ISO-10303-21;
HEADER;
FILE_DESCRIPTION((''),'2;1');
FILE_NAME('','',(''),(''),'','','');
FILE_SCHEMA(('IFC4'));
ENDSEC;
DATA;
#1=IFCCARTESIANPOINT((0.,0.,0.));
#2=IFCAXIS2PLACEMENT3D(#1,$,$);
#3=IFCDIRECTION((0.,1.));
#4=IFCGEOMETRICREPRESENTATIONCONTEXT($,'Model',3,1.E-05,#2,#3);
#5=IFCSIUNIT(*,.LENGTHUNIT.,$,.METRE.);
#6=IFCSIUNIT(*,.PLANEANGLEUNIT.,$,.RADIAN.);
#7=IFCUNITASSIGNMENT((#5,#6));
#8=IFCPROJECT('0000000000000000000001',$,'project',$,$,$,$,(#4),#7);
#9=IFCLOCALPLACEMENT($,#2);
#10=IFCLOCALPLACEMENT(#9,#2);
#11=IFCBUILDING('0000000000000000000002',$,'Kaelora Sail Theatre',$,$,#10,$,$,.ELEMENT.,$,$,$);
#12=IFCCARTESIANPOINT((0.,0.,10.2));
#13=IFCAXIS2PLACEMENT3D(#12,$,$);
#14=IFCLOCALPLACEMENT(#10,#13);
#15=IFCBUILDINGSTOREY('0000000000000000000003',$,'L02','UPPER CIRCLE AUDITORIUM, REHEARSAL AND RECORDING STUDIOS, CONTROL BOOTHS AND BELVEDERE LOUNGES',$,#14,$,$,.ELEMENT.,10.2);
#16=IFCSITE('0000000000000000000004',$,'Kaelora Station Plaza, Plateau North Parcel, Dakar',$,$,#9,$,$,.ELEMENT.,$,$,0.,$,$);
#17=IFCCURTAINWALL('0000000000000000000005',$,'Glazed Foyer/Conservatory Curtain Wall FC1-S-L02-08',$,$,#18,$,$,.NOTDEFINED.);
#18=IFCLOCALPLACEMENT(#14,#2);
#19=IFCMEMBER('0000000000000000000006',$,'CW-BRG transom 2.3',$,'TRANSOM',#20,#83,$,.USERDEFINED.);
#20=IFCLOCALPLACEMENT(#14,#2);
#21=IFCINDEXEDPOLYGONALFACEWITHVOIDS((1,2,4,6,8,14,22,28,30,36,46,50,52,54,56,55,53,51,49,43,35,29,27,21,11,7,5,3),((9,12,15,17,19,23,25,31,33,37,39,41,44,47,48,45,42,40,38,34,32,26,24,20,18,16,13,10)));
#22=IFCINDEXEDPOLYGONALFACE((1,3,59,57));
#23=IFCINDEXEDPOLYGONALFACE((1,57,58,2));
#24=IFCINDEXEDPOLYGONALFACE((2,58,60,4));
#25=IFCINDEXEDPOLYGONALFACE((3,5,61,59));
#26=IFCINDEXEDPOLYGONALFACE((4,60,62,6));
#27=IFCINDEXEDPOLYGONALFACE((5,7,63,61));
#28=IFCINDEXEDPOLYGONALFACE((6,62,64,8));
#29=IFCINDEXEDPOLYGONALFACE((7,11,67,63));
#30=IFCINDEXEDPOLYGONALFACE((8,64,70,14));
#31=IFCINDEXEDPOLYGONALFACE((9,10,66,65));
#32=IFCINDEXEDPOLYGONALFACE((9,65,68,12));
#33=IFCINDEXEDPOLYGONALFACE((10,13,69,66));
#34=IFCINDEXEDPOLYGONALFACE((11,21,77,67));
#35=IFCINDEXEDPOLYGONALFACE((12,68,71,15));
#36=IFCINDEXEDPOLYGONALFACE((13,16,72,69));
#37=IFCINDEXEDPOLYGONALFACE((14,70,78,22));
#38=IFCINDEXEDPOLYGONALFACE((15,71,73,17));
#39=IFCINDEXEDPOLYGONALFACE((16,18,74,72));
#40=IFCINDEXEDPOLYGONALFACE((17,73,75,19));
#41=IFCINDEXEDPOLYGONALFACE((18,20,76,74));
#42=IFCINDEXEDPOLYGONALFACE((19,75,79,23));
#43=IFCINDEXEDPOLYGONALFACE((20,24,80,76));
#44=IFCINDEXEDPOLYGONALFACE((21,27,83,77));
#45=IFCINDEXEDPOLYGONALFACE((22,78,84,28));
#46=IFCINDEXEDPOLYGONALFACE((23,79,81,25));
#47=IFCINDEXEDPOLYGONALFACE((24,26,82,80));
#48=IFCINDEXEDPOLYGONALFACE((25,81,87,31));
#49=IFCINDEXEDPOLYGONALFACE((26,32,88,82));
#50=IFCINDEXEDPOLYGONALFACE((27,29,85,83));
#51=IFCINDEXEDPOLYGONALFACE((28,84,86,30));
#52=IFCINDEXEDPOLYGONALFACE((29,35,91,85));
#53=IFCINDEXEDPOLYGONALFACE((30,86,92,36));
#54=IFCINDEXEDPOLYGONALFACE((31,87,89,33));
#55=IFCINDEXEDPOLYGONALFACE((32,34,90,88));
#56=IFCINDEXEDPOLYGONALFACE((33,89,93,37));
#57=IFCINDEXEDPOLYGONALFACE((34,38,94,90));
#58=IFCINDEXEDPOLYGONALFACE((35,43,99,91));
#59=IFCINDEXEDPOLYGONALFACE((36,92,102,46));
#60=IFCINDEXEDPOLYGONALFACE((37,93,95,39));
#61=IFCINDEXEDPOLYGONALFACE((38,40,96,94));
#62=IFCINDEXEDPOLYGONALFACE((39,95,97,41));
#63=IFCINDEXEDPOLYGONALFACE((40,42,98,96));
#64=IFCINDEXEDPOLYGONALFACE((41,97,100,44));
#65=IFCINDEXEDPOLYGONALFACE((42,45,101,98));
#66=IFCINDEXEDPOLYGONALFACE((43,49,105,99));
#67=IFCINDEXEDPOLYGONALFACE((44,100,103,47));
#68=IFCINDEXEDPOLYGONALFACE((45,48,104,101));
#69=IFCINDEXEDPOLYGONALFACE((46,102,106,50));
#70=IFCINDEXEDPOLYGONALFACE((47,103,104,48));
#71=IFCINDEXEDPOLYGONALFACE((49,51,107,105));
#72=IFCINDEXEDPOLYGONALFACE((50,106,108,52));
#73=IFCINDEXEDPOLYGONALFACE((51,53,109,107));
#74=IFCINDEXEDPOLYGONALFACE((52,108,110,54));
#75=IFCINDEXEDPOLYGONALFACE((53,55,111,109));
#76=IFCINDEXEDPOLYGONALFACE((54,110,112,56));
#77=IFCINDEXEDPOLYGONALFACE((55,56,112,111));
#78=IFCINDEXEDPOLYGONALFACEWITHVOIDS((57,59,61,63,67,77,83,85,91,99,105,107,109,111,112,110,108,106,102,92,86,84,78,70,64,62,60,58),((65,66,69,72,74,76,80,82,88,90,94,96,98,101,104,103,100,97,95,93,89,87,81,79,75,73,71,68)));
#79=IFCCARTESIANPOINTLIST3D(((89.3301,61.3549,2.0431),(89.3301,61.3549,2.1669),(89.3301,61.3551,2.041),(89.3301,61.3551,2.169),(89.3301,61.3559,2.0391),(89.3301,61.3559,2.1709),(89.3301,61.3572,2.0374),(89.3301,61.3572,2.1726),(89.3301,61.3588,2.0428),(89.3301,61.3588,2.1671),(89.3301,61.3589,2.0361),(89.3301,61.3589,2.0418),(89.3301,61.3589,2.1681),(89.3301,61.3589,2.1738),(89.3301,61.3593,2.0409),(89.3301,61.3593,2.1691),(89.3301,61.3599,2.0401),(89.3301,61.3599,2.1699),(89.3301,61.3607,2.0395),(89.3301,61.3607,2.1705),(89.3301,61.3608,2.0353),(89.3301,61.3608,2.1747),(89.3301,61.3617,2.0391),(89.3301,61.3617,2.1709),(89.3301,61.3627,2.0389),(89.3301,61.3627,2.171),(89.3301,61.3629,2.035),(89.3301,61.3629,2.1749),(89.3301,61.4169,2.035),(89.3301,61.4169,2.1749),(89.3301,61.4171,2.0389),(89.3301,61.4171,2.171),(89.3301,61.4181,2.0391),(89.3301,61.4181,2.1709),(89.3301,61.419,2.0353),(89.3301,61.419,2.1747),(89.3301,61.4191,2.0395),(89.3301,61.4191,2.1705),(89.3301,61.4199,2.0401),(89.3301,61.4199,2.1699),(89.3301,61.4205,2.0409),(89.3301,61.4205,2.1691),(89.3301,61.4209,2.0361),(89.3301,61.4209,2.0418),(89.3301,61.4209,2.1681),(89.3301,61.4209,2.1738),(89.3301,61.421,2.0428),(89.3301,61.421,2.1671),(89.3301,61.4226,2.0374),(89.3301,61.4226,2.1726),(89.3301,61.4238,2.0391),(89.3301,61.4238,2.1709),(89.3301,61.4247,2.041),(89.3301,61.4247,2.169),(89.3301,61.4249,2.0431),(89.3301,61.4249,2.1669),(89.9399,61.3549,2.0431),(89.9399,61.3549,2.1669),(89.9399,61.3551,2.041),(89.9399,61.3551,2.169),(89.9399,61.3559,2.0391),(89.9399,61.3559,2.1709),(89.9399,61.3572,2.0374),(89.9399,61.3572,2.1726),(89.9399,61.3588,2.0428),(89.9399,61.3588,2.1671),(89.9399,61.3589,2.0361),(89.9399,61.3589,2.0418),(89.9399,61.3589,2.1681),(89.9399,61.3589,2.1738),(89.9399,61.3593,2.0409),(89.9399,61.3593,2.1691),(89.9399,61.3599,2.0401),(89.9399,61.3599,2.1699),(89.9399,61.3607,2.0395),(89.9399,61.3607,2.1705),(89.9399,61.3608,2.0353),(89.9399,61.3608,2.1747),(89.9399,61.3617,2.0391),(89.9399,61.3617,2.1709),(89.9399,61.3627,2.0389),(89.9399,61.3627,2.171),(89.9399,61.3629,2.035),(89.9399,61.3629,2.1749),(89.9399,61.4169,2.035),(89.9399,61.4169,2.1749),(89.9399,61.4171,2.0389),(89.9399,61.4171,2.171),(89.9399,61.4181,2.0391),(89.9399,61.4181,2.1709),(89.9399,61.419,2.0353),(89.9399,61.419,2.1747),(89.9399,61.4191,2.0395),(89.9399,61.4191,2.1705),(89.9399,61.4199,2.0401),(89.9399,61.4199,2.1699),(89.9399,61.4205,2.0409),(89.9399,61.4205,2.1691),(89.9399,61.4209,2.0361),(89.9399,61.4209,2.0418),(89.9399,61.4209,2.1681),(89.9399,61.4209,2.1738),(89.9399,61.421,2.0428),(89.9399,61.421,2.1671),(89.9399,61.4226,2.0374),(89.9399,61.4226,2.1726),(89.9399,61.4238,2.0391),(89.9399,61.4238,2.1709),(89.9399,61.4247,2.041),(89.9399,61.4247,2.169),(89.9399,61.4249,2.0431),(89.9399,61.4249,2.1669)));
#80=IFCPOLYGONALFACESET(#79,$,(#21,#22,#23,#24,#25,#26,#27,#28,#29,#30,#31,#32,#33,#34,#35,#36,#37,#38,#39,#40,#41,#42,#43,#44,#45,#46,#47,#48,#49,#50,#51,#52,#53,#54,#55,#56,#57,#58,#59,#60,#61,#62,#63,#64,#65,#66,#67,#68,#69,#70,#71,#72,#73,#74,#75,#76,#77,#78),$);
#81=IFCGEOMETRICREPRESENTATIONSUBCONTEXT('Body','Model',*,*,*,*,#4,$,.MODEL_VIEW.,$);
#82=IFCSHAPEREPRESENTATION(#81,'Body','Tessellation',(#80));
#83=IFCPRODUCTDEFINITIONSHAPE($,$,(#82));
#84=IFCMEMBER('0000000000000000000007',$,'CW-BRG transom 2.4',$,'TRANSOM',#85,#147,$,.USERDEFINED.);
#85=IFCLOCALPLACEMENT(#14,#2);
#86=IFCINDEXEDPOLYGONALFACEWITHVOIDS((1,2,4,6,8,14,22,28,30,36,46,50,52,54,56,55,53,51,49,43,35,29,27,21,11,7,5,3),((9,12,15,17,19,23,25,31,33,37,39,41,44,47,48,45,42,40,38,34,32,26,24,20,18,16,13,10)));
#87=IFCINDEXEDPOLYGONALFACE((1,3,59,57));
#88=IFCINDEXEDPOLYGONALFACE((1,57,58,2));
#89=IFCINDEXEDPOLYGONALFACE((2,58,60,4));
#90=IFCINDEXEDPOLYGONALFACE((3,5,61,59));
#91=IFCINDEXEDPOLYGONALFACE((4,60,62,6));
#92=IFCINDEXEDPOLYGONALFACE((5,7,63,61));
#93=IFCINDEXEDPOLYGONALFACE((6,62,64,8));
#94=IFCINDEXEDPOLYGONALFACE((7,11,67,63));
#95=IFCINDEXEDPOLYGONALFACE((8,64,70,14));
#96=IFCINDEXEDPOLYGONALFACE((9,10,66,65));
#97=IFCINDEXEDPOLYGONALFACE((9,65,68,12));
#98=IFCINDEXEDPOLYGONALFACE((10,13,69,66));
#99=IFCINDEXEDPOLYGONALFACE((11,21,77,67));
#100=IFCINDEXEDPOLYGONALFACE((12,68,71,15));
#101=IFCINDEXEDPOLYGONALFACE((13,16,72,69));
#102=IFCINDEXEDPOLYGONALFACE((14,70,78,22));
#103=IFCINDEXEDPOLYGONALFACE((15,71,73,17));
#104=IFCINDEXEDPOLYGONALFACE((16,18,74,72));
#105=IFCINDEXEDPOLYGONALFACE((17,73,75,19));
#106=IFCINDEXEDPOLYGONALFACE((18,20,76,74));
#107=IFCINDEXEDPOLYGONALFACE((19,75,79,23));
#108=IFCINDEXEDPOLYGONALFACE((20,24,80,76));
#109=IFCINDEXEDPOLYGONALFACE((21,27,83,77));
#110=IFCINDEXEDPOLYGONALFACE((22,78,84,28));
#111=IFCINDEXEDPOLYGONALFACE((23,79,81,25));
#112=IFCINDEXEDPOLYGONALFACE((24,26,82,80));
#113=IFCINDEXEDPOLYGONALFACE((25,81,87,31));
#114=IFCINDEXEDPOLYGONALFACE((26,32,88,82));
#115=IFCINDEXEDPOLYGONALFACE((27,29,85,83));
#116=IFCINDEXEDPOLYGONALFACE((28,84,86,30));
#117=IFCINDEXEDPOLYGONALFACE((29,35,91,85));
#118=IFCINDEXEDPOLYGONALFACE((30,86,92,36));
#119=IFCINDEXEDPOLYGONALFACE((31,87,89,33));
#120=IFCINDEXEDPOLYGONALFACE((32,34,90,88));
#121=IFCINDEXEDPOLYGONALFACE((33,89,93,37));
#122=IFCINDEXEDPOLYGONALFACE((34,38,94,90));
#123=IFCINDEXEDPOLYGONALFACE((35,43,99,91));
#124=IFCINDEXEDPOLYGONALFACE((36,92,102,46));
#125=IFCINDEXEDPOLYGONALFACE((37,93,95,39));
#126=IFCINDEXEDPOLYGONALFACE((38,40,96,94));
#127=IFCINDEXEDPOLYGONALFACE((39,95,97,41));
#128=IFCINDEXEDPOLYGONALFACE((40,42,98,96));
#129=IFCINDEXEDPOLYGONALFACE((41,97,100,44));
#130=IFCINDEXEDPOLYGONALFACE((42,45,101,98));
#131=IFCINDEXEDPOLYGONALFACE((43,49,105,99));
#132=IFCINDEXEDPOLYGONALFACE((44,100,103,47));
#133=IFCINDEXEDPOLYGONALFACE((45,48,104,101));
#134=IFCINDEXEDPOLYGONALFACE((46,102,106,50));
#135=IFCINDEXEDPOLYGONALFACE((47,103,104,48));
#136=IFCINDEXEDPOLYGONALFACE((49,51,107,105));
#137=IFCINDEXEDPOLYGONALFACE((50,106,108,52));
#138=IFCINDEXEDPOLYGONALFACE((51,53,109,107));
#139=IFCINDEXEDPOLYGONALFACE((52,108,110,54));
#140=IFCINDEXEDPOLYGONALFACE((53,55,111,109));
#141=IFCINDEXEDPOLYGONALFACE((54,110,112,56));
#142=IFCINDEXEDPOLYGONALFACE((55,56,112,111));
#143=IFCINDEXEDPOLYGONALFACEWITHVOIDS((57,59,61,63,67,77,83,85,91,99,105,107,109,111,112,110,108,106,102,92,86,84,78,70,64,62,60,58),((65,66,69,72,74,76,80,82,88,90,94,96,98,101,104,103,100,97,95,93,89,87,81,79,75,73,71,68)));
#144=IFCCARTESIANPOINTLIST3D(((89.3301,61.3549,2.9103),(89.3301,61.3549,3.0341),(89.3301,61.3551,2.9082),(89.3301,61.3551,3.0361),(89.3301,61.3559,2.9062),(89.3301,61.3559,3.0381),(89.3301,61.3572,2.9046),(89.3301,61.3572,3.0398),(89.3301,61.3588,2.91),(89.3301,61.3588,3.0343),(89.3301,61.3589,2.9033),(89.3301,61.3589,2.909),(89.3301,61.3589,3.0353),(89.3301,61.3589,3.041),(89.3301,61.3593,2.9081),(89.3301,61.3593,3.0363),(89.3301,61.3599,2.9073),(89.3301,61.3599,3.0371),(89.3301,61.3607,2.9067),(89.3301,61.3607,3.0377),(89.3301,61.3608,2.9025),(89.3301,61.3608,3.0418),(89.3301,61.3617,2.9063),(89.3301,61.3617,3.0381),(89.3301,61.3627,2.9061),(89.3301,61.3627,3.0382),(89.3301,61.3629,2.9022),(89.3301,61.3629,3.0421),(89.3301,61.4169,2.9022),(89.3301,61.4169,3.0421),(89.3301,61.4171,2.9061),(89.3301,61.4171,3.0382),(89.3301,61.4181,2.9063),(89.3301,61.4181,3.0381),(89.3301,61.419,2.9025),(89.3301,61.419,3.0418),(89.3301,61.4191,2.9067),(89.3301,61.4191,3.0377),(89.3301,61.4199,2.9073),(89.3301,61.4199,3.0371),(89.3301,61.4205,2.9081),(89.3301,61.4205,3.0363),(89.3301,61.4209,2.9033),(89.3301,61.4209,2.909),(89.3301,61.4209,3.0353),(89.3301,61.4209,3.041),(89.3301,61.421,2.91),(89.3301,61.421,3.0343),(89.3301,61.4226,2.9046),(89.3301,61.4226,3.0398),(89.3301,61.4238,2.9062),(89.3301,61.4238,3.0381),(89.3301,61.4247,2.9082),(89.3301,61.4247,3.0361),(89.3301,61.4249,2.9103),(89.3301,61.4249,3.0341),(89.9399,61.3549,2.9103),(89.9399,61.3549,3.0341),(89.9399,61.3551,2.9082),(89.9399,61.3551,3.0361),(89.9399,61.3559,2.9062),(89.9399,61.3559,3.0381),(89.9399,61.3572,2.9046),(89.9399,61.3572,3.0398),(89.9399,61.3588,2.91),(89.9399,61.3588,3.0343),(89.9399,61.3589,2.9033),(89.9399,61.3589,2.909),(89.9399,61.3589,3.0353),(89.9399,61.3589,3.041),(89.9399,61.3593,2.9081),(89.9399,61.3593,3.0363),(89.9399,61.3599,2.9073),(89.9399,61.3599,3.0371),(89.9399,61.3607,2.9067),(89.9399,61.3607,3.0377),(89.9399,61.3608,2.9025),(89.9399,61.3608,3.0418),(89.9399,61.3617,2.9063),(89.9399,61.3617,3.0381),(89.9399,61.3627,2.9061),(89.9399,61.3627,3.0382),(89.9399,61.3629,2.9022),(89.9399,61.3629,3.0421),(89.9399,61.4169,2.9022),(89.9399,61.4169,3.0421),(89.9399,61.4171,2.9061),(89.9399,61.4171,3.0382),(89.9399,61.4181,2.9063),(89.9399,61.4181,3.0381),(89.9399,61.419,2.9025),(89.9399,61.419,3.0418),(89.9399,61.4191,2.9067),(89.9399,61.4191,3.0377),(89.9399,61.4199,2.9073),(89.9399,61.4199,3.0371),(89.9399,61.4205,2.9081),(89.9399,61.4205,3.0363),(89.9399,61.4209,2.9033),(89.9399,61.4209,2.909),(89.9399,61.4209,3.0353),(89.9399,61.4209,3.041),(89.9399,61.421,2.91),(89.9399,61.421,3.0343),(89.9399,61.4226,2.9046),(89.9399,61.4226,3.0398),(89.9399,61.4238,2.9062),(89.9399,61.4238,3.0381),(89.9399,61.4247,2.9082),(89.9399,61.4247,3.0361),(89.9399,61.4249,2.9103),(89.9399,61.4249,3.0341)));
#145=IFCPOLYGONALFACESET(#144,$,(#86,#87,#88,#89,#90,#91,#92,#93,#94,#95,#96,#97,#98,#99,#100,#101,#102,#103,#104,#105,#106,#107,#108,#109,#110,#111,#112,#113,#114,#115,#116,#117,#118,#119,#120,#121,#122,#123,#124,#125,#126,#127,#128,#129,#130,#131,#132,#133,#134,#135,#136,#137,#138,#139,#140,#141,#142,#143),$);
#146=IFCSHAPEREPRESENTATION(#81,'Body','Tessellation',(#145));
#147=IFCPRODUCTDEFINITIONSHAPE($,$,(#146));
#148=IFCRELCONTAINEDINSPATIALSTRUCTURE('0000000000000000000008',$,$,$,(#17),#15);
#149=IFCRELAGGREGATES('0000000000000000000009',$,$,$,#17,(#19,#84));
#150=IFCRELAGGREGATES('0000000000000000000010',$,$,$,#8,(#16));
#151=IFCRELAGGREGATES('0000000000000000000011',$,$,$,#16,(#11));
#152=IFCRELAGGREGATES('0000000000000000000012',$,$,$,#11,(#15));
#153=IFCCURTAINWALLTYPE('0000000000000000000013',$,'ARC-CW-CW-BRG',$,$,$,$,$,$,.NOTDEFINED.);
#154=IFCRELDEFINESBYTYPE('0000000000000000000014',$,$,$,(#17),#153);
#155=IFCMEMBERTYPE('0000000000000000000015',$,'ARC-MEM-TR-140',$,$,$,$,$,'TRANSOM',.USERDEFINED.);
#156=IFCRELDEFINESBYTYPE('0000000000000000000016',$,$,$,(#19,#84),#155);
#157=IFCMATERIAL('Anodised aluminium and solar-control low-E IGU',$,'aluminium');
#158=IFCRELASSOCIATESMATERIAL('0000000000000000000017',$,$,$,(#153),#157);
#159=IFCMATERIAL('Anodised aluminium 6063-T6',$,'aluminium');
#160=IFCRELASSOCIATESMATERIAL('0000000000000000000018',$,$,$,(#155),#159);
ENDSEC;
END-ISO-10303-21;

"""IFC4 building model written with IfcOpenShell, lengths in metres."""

from ifc_helpers import new_model, si_unit, direction, frame, origin, origin_2d, place, context, subcontext, project, spatial, hollow_rectangle, extrude, material, material_profile, profile_set, type_object, element, aggregate, save


model = new_model("IFC4")

# Units and contexts
model_context = context("Model", 3, precision=1e-05, world=origin(), true_north=direction((0.0, 1.0)))
body_context = subcontext(model_context, "Body", "Model", "MODEL_VIEW")
ifc_project = project(units=[si_unit("LENGTHUNIT", "METRE"), si_unit("PLANEANGLEUNIT", "RADIAN")], contexts=[model_context])

# Site, building, storey
site_placement = place(None, origin())
site = spatial("IfcSite", under=ifc_project, at=site_placement, Name="Kaelora Station Plaza, Plateau North Parcel, Dakar", CompositionType="ELEMENT", RefElevation=0.0)
building_placement = place(site_placement, origin())
building = spatial("IfcBuilding", under=site, at=building_placement, Name="Kaelora Sail Theatre", CompositionType="ELEMENT")
storey_placement = place(building_placement, frame((0.0, 0.0, 10.2)))
storey = spatial("IfcBuildingStorey", under=building, at=storey_placement, Name="L02", Description="UPPER CIRCLE AUDITORIUM, REHEARSAL AND RECORDING STUDIOS, CONTROL BOOTHS AND BELVEDERE LOUNGES", CompositionType="ELEMENT", Elevation=10.2)

# Curtain wall
ifc_material_1 = material(Name="Anodised aluminium and solar-control low-E IGU", Category="aluminium")
curtain_wall_type = type_object("IfcCurtainWallType", Name="ARC-CW-CW-BRG", PredefinedType="NOTDEFINED", material=ifc_material_1)
curtain_wall_1_placement = place(storey_placement, origin())
curtain_wall_1 = element("IfcCurtainWall", 1, at=curtain_wall_1_placement, inside=storey, type_object=curtain_wall_type, Name="Glazed Foyer/Conservatory Curtain Wall FC1-S-L02-08", PredefinedType="NOTDEFINED")

# Members
ifc_material_2 = material(Name="Anodised aluminium 6063-T6", Category="aluminium")
ifc_material_profile_1 = material_profile(ifc_material_2, hollow_rectangle(XDim=0.0701, YDim=0.1399, WallThickness=0.0039, InnerFilletRadius=0.0039, OuterFilletRadius=0.0081, at=origin_2d()), Name="ALU-TRAN 70x140x4")
ifc_profile_set_1 = profile_set([ifc_material_profile_1], Name="Anodised aluminium 6063-T6")
member_type_1 = type_object("IfcMemberType", Name="ARC-MEM-TR-140", ElementType="TRANSOM", PredefinedType="USERDEFINED", material=ifc_profile_set_1)
member_1_placement = place(storey_placement, frame((89.3301, 61.3899, 2.105), z_axis=(1.0, 0.0, 0.0), x_axis=(0.0, 1.0, 0.0)))
member_1 = element("IfcMember", 2, at=member_1_placement, type_object=member_type_1, Name="CW-BRG transom 2.3", ObjectType="TRANSOM", PredefinedType="USERDEFINED", context=body_context, shape_type="SweptSolid", body=[
    extrude(hollow_rectangle(XDim=0.0701, YDim=0.1399, WallThickness=0.0039, InnerFilletRadius=0.0039, OuterFilletRadius=0.0081, at=origin_2d()), origin(), (0.0, 0.0, 1.0), 0.6099),
])
member_2_placement = place(storey_placement, frame((89.3301, 61.3899, 2.9722), z_axis=(1.0, 0.0, 0.0), x_axis=(0.0, 1.0, 0.0)))
member_2 = element("IfcMember", 3, at=member_2_placement, type_object=member_type_1, Name="CW-BRG transom 2.4", ObjectType="TRANSOM", PredefinedType="USERDEFINED", context=body_context, shape_type="SweptSolid", body=[
    extrude(hollow_rectangle(XDim=0.0701, YDim=0.1399, WallThickness=0.0039, InnerFilletRadius=0.0039, OuterFilletRadius=0.0081, at=origin_2d()), origin(), (0.0, 0.0, 1.0), 0.6099),
])

aggregate(curtain_wall_1, [member_1, member_2])

save(model, "model.ifc")
